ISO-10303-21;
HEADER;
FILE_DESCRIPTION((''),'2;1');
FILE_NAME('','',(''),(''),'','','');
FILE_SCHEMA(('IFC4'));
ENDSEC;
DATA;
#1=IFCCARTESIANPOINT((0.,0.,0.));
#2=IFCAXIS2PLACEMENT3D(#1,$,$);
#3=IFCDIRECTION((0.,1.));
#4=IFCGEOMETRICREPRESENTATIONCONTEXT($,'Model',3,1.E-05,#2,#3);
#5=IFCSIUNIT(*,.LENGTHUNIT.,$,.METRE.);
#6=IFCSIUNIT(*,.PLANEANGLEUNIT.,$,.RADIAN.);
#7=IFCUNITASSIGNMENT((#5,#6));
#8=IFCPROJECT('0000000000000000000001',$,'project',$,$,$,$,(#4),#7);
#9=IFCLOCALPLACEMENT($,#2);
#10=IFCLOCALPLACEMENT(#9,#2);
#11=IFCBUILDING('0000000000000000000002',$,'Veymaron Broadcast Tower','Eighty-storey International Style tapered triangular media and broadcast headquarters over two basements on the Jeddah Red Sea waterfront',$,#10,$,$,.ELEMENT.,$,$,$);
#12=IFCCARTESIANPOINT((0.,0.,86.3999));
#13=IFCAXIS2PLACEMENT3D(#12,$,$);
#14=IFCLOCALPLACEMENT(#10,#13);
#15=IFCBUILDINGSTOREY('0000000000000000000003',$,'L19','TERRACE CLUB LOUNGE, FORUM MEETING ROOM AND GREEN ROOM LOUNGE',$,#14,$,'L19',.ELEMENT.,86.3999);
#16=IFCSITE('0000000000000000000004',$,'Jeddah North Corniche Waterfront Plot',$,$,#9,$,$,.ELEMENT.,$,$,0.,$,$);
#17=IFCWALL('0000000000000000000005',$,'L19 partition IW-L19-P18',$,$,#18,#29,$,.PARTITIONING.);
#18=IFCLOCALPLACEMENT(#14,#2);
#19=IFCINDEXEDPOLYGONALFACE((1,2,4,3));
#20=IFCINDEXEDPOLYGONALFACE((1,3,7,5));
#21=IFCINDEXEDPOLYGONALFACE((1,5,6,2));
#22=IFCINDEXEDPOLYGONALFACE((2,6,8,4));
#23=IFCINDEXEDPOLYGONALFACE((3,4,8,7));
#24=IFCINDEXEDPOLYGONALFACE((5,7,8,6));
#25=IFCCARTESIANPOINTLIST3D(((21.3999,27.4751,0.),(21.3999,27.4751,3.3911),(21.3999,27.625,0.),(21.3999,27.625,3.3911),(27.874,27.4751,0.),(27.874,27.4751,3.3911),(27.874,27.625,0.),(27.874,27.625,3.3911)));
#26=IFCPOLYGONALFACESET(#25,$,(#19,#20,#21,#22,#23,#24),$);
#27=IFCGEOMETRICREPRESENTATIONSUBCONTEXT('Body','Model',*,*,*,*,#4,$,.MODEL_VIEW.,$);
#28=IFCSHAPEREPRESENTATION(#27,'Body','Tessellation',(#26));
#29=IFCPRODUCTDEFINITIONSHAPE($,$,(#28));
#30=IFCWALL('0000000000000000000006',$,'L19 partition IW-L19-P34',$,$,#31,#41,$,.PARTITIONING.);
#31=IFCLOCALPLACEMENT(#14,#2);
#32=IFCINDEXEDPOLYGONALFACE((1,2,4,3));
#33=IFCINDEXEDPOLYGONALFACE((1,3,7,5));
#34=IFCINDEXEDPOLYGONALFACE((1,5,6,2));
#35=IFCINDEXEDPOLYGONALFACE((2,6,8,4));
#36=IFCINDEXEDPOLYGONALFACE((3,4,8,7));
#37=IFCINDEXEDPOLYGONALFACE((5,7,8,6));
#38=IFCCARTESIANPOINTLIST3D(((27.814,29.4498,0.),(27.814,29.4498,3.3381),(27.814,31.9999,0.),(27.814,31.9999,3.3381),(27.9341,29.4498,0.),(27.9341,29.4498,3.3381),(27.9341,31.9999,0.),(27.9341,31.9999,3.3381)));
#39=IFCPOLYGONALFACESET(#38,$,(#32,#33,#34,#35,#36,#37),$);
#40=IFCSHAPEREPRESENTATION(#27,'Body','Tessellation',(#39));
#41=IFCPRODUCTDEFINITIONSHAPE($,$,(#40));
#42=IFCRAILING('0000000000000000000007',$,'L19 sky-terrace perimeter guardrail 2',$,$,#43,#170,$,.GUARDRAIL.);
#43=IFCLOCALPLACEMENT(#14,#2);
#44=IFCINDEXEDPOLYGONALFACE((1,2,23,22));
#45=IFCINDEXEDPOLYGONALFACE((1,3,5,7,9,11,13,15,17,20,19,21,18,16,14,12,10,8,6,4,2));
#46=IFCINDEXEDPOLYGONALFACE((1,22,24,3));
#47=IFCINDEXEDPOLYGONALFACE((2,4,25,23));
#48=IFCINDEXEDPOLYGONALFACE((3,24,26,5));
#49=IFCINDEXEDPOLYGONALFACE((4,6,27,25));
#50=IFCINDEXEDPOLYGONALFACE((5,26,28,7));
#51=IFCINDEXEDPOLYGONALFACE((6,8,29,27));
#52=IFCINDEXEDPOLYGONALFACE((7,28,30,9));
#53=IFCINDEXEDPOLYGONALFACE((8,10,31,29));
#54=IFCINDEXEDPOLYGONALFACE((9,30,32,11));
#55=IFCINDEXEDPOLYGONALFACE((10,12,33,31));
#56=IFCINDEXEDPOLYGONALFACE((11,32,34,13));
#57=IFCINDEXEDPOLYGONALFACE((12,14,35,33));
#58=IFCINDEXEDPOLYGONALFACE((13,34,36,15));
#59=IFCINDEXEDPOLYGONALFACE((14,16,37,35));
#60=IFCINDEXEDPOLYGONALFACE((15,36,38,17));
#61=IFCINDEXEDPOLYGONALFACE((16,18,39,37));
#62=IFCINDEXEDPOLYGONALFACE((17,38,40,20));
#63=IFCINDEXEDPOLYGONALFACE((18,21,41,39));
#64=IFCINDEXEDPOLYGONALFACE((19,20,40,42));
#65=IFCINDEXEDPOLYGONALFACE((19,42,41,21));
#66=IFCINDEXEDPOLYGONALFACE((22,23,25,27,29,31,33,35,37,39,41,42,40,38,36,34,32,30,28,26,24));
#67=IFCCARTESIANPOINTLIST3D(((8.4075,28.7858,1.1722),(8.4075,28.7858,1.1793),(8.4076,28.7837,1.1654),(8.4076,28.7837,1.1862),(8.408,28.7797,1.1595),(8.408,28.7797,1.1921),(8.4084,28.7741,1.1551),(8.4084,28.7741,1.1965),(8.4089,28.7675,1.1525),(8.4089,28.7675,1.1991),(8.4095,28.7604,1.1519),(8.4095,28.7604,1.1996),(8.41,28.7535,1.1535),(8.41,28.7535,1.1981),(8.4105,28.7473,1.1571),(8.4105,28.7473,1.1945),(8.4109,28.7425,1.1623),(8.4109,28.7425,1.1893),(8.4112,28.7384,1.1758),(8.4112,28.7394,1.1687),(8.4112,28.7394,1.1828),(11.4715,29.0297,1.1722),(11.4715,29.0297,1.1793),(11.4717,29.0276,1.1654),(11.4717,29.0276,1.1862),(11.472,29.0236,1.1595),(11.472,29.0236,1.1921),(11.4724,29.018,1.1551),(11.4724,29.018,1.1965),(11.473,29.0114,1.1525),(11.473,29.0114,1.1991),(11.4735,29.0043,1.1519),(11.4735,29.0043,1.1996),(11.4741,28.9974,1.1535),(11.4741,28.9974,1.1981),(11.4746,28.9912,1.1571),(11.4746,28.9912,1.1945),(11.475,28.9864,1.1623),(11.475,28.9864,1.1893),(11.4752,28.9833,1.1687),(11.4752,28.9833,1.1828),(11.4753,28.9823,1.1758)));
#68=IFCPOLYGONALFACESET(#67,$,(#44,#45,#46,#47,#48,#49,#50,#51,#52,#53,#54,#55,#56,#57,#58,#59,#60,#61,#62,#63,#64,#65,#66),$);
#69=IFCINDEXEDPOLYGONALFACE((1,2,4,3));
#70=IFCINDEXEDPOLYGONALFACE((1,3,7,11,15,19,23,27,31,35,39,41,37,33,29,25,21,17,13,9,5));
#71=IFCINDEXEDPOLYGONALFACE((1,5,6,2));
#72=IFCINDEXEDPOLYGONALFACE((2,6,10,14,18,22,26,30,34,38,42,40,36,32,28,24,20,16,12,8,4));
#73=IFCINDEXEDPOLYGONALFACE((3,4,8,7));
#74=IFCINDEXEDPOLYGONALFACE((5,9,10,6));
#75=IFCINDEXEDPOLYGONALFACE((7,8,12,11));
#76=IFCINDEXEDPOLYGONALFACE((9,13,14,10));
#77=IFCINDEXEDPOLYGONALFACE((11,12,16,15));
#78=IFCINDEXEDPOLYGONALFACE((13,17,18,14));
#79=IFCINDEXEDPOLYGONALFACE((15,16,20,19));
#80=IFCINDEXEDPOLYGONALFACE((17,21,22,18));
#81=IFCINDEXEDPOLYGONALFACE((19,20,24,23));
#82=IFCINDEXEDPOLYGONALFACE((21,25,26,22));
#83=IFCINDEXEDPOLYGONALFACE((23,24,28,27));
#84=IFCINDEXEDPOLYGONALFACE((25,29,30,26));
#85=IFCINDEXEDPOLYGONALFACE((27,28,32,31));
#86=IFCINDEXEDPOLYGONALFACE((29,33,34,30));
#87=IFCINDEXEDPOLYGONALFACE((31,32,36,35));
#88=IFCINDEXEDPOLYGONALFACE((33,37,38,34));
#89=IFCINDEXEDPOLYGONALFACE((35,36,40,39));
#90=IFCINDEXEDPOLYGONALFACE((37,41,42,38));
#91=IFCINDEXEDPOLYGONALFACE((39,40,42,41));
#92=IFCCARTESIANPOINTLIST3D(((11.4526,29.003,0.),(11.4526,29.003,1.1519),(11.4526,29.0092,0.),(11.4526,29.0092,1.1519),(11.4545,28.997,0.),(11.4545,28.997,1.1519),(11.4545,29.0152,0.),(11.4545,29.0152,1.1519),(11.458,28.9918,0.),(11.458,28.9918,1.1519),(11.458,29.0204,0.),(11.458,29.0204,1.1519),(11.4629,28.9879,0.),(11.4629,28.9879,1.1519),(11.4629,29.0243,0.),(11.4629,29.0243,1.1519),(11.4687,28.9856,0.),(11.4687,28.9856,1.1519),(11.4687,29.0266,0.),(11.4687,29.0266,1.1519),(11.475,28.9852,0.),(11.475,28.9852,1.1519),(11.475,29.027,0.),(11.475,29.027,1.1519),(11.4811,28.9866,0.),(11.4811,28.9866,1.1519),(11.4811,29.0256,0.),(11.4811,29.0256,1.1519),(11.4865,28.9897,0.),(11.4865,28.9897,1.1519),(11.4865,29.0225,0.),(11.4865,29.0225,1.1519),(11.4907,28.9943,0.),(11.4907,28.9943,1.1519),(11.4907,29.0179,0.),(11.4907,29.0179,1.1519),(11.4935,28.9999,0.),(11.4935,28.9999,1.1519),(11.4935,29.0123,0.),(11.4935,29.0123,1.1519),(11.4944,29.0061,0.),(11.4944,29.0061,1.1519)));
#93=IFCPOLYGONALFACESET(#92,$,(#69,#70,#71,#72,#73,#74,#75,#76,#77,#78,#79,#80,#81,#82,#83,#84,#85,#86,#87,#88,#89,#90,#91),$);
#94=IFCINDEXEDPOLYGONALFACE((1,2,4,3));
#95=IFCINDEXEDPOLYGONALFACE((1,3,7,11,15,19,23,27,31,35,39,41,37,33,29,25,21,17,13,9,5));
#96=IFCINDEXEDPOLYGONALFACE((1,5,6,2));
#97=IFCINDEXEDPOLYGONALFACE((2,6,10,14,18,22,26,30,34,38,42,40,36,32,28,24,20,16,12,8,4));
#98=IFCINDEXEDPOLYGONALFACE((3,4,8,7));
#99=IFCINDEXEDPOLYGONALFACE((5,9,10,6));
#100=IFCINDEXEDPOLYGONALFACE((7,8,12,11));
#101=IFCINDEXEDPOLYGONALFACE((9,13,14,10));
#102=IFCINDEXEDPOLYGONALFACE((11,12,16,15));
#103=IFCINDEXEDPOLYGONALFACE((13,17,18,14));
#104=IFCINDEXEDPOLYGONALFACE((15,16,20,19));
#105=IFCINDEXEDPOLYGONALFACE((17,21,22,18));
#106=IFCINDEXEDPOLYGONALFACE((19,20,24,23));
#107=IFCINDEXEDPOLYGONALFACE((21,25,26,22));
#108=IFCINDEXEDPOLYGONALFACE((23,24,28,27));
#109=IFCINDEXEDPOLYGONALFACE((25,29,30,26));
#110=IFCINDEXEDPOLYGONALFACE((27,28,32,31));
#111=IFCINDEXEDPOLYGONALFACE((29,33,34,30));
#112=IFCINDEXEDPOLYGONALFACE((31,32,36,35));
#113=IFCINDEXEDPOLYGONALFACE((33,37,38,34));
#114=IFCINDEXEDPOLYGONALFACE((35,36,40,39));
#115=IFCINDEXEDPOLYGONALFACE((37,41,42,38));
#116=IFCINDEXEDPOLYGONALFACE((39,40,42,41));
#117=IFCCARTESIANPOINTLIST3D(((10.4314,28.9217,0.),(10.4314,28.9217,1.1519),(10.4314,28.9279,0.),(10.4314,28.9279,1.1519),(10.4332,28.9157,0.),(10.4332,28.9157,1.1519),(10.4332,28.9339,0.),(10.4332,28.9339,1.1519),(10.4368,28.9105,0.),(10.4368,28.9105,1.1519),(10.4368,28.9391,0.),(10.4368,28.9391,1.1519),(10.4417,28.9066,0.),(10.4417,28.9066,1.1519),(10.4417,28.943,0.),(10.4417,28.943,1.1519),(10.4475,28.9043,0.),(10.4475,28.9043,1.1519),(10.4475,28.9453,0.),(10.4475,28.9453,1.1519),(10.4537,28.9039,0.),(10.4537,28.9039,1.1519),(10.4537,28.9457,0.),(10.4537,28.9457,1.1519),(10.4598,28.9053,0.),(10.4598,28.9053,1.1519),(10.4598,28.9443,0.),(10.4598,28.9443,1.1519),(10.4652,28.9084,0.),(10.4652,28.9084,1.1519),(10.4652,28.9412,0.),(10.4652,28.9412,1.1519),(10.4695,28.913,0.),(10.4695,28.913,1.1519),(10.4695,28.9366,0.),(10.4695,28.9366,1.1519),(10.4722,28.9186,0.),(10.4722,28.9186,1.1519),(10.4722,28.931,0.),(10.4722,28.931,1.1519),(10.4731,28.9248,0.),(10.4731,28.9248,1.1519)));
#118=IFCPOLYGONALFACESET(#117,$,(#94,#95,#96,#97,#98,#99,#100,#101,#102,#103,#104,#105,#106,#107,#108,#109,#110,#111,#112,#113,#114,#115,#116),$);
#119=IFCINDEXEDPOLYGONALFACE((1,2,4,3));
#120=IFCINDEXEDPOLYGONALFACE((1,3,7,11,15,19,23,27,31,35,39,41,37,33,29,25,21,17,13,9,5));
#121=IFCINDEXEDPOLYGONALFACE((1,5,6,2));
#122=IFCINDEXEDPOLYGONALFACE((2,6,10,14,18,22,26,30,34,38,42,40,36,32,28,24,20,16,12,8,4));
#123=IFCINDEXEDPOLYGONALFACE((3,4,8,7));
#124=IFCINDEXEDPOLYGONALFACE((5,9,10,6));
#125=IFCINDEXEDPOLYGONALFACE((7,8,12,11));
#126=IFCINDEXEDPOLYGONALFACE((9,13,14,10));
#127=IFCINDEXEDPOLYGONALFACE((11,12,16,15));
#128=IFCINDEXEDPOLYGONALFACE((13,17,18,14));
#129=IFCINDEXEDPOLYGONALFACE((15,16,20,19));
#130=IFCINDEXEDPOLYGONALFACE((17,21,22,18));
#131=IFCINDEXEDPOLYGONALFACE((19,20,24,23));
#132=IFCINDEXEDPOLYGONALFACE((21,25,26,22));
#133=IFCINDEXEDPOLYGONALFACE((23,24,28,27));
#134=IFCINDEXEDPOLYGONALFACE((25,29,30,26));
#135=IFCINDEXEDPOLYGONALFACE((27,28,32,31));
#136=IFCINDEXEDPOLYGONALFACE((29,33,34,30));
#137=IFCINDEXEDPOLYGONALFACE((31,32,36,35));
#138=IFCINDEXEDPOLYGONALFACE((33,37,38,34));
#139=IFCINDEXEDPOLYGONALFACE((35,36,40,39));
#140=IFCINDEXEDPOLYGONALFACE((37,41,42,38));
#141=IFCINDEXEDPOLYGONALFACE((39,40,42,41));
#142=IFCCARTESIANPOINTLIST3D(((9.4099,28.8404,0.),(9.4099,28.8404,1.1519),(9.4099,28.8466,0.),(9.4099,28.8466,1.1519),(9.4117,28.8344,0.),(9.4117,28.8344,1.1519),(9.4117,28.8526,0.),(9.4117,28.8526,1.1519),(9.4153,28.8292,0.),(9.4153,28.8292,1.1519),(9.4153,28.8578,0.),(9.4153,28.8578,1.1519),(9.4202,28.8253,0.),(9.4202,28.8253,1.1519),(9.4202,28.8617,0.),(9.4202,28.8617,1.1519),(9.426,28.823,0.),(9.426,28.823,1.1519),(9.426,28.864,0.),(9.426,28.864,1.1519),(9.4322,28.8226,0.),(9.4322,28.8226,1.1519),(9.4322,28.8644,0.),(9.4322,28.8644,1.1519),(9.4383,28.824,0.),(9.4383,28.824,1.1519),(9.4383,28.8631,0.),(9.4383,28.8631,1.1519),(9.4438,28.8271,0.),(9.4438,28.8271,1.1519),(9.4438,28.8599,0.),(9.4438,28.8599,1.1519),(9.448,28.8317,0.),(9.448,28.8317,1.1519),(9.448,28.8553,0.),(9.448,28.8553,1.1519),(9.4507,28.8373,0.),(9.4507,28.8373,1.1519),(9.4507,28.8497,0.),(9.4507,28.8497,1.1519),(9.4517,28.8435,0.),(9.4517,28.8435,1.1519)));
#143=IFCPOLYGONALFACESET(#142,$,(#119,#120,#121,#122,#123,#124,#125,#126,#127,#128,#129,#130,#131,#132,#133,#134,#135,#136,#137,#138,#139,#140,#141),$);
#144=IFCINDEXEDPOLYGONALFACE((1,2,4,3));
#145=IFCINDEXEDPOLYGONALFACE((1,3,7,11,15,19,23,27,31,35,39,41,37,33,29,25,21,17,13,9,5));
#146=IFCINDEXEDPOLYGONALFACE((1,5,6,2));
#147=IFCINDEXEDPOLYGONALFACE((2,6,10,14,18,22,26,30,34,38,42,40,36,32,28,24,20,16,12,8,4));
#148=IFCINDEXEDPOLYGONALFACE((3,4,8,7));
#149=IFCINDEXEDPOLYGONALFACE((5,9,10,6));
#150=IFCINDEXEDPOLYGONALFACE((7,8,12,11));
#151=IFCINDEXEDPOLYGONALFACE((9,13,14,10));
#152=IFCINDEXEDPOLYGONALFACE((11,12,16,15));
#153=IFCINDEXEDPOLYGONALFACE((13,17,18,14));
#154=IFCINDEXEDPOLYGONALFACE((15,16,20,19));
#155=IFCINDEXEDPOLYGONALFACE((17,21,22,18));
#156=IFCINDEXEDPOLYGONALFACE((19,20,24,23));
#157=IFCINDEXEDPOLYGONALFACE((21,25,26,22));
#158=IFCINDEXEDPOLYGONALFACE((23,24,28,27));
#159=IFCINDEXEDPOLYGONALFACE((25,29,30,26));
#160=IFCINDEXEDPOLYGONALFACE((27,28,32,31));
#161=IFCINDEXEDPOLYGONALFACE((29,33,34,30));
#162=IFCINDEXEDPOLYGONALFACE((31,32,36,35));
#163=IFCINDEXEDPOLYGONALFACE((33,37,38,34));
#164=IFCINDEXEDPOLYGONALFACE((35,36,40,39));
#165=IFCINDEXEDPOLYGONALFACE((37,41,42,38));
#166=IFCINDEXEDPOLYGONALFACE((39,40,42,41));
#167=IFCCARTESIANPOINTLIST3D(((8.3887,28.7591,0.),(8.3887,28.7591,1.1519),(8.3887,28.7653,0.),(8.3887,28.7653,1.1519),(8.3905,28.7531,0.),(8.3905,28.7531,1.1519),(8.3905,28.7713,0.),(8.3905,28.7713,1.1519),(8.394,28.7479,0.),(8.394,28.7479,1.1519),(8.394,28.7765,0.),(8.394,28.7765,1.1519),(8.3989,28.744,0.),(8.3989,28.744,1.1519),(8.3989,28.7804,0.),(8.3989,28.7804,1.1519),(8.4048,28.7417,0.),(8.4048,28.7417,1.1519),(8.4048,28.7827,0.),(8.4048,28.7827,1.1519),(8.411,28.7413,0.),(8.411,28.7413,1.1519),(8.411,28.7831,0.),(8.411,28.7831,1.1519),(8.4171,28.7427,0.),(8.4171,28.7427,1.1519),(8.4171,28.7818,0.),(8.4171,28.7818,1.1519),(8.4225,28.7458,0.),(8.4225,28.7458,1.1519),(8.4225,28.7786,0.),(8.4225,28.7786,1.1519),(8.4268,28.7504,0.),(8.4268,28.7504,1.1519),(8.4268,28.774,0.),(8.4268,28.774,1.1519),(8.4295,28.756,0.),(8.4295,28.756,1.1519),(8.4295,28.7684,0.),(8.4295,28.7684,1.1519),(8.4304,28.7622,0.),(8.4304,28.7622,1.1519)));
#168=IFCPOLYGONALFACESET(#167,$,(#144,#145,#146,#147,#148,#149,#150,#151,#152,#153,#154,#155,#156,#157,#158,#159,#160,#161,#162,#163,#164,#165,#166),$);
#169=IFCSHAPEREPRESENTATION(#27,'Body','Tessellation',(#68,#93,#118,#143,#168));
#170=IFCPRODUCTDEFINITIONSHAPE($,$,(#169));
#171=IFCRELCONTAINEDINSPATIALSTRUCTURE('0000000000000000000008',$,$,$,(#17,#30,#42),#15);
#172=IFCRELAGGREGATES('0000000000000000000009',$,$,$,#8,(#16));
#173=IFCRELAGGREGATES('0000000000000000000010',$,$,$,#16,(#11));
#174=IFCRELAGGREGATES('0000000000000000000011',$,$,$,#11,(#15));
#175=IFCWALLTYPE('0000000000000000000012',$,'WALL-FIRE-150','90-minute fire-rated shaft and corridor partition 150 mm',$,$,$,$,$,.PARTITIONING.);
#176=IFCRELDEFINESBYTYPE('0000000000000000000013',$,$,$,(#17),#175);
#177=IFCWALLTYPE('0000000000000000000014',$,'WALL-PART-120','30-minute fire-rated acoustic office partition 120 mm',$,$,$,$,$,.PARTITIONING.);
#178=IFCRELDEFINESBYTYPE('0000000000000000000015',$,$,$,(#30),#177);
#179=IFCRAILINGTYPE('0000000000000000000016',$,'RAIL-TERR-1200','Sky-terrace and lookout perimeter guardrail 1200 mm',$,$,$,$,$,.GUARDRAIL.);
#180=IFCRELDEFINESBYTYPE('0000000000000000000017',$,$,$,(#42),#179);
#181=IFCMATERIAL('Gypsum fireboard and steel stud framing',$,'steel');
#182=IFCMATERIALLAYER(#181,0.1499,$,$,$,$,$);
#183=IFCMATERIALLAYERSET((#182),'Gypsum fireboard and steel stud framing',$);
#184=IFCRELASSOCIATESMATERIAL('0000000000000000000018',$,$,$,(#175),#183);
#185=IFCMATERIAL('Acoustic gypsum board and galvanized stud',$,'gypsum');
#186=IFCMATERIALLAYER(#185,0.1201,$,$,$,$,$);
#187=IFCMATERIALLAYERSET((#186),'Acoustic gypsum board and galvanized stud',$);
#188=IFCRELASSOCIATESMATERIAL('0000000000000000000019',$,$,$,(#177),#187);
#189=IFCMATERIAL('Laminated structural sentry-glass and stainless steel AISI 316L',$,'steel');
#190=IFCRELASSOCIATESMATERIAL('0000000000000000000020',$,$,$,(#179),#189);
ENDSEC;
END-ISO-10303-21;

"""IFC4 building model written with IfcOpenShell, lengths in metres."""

from ifc_helpers import new_model, si_unit, direction, frame, frame_2d, origin, origin_2d, place, context, subcontext, project, spatial, rectangle, circle, extrude, material, layer, layer_set, type_object, element, save


model = new_model("IFC4")

# Units and contexts
model_context = context("Model", 3, precision=1e-05, world=origin(), true_north=direction((0.0, 1.0)))
body_context = subcontext(model_context, "Body", "Model", "MODEL_VIEW")
ifc_project = project(units=[si_unit("LENGTHUNIT", "METRE"), si_unit("PLANEANGLEUNIT", "RADIAN")], contexts=[model_context])

# Site, building, storey
site_placement = place(None, origin())
site = spatial("IfcSite", under=ifc_project, at=site_placement, Name="Jeddah North Corniche Waterfront Plot", CompositionType="ELEMENT", RefElevation=0.0)
building_placement = place(site_placement, origin())
building = spatial("IfcBuilding", under=site, at=building_placement, Name="Veymaron Broadcast Tower", Description="Eighty-storey International Style tapered triangular media and broadcast headquarters over two basements on the Jeddah Red Sea waterfront", CompositionType="ELEMENT")
storey_placement = place(building_placement, frame((0.0, 0.0, 86.3999)))
storey = spatial("IfcBuildingStorey", under=building, at=storey_placement, Name="L19", Description="TERRACE CLUB LOUNGE, FORUM MEETING ROOM AND GREEN ROOM LOUNGE", LongName="L19", CompositionType="ELEMENT", Elevation=86.3999)

# Shared definitions
ifc_material_1 = material(Name="Gypsum fireboard and steel stud framing", Category="steel")
ifc_layer_1 = layer(ifc_material_1, 0.1499)
ifc_layer_set_1 = layer_set([ifc_layer_1], Name="Gypsum fireboard and steel stud framing")
wall_type_1 = type_object("IfcWallType", Name="WALL-FIRE-150", Description="90-minute fire-rated shaft and corridor partition 150 mm", PredefinedType="PARTITIONING", material=ifc_layer_set_1)

# Walls
wall_1_placement = place(storey_placement, frame((21.3999, 27.55, 0.0), z_axis=(0.0, 0.0, 1.0), x_axis=(1.0, 0.0, 0.0)))
element("IfcWall", 1, at=wall_1_placement, inside=storey, type_object=wall_type_1, Name="L19 partition IW-L19-P18", PredefinedType="PARTITIONING", context=body_context, shape_type="SweptSolid", body=[
    extrude(rectangle(XDim=6.4741, YDim=0.1499, at=frame_2d((3.2371, 0.0))), origin(), (0.0, 0.0, 1.0), 3.3911),
])
ifc_material_2 = material(Name="Acoustic gypsum board and galvanized stud", Category="gypsum")
ifc_layer_2 = layer(ifc_material_2, 0.1201)
ifc_layer_set_2 = layer_set([ifc_layer_2], Name="Acoustic gypsum board and galvanized stud")
wall_type_2 = type_object("IfcWallType", Name="WALL-PART-120", Description="30-minute fire-rated acoustic office partition 120 mm", PredefinedType="PARTITIONING", material=ifc_layer_set_2)
wall_2_placement = place(storey_placement, frame((27.874, 29.45, 0.0), z_axis=(0.0, 0.0, 1.0), x_axis=(0.0, 1.0, 0.0)))
element("IfcWall", 2, at=wall_2_placement, inside=storey, type_object=wall_type_2, Name="L19 partition IW-L19-P34", PredefinedType="PARTITIONING", context=body_context, shape_type="SweptSolid", body=[
    extrude(rectangle(XDim=2.55, YDim=0.1201, at=frame_2d((1.2749, 0.0))), origin(), (0.0, 0.0, 1.0), 3.3381),
])

# Railing
ifc_material_3 = material(Name="Laminated structural sentry-glass and stainless steel AISI 316L", Category="steel")
railing_type = type_object("IfcRailingType", Name="RAIL-TERR-1200", Description="Sky-terrace and lookout perimeter guardrail 1200 mm", PredefinedType="GUARDRAIL", material=ifc_material_3)
railing_1_placement = place(storey_placement, frame((11.4734, 29.0061, 0.0)))
element("IfcRailing", 3, at=railing_1_placement, inside=storey, type_object=railing_type, Name="L19 sky-terrace perimeter guardrail 2", PredefinedType="GUARDRAIL", context=body_context, shape_type="SweptSolid", body=[
    extrude(circle(Radius=0.0239, at=origin_2d()), frame((0.0, 0.0, 1.1758), z_axis=(-0.996847, -0.079351, 0.0), x_axis=(0.079351, -0.996847, 0.0)), (0.0, 0.0, 1.0), 3.0737),
    extrude(circle(Radius=0.021, at=origin_2d()), origin(), (0.0, 0.0, 1.0), 1.1519),
    extrude(circle(Radius=0.021, at=origin_2d()), frame((-1.0212, -0.0813, 0.0)), (0.0, 0.0, 1.0), 1.1519),
    extrude(circle(Radius=0.021, at=origin_2d()), frame((-2.0427, -0.1626, 0.0)), (0.0, 0.0, 1.0), 1.1519),
    extrude(circle(Radius=0.021, at=origin_2d()), frame((-3.064, -0.2439, 0.0)), (0.0, 0.0, 1.0), 1.1519),
])

save(model, "model.ifc")
